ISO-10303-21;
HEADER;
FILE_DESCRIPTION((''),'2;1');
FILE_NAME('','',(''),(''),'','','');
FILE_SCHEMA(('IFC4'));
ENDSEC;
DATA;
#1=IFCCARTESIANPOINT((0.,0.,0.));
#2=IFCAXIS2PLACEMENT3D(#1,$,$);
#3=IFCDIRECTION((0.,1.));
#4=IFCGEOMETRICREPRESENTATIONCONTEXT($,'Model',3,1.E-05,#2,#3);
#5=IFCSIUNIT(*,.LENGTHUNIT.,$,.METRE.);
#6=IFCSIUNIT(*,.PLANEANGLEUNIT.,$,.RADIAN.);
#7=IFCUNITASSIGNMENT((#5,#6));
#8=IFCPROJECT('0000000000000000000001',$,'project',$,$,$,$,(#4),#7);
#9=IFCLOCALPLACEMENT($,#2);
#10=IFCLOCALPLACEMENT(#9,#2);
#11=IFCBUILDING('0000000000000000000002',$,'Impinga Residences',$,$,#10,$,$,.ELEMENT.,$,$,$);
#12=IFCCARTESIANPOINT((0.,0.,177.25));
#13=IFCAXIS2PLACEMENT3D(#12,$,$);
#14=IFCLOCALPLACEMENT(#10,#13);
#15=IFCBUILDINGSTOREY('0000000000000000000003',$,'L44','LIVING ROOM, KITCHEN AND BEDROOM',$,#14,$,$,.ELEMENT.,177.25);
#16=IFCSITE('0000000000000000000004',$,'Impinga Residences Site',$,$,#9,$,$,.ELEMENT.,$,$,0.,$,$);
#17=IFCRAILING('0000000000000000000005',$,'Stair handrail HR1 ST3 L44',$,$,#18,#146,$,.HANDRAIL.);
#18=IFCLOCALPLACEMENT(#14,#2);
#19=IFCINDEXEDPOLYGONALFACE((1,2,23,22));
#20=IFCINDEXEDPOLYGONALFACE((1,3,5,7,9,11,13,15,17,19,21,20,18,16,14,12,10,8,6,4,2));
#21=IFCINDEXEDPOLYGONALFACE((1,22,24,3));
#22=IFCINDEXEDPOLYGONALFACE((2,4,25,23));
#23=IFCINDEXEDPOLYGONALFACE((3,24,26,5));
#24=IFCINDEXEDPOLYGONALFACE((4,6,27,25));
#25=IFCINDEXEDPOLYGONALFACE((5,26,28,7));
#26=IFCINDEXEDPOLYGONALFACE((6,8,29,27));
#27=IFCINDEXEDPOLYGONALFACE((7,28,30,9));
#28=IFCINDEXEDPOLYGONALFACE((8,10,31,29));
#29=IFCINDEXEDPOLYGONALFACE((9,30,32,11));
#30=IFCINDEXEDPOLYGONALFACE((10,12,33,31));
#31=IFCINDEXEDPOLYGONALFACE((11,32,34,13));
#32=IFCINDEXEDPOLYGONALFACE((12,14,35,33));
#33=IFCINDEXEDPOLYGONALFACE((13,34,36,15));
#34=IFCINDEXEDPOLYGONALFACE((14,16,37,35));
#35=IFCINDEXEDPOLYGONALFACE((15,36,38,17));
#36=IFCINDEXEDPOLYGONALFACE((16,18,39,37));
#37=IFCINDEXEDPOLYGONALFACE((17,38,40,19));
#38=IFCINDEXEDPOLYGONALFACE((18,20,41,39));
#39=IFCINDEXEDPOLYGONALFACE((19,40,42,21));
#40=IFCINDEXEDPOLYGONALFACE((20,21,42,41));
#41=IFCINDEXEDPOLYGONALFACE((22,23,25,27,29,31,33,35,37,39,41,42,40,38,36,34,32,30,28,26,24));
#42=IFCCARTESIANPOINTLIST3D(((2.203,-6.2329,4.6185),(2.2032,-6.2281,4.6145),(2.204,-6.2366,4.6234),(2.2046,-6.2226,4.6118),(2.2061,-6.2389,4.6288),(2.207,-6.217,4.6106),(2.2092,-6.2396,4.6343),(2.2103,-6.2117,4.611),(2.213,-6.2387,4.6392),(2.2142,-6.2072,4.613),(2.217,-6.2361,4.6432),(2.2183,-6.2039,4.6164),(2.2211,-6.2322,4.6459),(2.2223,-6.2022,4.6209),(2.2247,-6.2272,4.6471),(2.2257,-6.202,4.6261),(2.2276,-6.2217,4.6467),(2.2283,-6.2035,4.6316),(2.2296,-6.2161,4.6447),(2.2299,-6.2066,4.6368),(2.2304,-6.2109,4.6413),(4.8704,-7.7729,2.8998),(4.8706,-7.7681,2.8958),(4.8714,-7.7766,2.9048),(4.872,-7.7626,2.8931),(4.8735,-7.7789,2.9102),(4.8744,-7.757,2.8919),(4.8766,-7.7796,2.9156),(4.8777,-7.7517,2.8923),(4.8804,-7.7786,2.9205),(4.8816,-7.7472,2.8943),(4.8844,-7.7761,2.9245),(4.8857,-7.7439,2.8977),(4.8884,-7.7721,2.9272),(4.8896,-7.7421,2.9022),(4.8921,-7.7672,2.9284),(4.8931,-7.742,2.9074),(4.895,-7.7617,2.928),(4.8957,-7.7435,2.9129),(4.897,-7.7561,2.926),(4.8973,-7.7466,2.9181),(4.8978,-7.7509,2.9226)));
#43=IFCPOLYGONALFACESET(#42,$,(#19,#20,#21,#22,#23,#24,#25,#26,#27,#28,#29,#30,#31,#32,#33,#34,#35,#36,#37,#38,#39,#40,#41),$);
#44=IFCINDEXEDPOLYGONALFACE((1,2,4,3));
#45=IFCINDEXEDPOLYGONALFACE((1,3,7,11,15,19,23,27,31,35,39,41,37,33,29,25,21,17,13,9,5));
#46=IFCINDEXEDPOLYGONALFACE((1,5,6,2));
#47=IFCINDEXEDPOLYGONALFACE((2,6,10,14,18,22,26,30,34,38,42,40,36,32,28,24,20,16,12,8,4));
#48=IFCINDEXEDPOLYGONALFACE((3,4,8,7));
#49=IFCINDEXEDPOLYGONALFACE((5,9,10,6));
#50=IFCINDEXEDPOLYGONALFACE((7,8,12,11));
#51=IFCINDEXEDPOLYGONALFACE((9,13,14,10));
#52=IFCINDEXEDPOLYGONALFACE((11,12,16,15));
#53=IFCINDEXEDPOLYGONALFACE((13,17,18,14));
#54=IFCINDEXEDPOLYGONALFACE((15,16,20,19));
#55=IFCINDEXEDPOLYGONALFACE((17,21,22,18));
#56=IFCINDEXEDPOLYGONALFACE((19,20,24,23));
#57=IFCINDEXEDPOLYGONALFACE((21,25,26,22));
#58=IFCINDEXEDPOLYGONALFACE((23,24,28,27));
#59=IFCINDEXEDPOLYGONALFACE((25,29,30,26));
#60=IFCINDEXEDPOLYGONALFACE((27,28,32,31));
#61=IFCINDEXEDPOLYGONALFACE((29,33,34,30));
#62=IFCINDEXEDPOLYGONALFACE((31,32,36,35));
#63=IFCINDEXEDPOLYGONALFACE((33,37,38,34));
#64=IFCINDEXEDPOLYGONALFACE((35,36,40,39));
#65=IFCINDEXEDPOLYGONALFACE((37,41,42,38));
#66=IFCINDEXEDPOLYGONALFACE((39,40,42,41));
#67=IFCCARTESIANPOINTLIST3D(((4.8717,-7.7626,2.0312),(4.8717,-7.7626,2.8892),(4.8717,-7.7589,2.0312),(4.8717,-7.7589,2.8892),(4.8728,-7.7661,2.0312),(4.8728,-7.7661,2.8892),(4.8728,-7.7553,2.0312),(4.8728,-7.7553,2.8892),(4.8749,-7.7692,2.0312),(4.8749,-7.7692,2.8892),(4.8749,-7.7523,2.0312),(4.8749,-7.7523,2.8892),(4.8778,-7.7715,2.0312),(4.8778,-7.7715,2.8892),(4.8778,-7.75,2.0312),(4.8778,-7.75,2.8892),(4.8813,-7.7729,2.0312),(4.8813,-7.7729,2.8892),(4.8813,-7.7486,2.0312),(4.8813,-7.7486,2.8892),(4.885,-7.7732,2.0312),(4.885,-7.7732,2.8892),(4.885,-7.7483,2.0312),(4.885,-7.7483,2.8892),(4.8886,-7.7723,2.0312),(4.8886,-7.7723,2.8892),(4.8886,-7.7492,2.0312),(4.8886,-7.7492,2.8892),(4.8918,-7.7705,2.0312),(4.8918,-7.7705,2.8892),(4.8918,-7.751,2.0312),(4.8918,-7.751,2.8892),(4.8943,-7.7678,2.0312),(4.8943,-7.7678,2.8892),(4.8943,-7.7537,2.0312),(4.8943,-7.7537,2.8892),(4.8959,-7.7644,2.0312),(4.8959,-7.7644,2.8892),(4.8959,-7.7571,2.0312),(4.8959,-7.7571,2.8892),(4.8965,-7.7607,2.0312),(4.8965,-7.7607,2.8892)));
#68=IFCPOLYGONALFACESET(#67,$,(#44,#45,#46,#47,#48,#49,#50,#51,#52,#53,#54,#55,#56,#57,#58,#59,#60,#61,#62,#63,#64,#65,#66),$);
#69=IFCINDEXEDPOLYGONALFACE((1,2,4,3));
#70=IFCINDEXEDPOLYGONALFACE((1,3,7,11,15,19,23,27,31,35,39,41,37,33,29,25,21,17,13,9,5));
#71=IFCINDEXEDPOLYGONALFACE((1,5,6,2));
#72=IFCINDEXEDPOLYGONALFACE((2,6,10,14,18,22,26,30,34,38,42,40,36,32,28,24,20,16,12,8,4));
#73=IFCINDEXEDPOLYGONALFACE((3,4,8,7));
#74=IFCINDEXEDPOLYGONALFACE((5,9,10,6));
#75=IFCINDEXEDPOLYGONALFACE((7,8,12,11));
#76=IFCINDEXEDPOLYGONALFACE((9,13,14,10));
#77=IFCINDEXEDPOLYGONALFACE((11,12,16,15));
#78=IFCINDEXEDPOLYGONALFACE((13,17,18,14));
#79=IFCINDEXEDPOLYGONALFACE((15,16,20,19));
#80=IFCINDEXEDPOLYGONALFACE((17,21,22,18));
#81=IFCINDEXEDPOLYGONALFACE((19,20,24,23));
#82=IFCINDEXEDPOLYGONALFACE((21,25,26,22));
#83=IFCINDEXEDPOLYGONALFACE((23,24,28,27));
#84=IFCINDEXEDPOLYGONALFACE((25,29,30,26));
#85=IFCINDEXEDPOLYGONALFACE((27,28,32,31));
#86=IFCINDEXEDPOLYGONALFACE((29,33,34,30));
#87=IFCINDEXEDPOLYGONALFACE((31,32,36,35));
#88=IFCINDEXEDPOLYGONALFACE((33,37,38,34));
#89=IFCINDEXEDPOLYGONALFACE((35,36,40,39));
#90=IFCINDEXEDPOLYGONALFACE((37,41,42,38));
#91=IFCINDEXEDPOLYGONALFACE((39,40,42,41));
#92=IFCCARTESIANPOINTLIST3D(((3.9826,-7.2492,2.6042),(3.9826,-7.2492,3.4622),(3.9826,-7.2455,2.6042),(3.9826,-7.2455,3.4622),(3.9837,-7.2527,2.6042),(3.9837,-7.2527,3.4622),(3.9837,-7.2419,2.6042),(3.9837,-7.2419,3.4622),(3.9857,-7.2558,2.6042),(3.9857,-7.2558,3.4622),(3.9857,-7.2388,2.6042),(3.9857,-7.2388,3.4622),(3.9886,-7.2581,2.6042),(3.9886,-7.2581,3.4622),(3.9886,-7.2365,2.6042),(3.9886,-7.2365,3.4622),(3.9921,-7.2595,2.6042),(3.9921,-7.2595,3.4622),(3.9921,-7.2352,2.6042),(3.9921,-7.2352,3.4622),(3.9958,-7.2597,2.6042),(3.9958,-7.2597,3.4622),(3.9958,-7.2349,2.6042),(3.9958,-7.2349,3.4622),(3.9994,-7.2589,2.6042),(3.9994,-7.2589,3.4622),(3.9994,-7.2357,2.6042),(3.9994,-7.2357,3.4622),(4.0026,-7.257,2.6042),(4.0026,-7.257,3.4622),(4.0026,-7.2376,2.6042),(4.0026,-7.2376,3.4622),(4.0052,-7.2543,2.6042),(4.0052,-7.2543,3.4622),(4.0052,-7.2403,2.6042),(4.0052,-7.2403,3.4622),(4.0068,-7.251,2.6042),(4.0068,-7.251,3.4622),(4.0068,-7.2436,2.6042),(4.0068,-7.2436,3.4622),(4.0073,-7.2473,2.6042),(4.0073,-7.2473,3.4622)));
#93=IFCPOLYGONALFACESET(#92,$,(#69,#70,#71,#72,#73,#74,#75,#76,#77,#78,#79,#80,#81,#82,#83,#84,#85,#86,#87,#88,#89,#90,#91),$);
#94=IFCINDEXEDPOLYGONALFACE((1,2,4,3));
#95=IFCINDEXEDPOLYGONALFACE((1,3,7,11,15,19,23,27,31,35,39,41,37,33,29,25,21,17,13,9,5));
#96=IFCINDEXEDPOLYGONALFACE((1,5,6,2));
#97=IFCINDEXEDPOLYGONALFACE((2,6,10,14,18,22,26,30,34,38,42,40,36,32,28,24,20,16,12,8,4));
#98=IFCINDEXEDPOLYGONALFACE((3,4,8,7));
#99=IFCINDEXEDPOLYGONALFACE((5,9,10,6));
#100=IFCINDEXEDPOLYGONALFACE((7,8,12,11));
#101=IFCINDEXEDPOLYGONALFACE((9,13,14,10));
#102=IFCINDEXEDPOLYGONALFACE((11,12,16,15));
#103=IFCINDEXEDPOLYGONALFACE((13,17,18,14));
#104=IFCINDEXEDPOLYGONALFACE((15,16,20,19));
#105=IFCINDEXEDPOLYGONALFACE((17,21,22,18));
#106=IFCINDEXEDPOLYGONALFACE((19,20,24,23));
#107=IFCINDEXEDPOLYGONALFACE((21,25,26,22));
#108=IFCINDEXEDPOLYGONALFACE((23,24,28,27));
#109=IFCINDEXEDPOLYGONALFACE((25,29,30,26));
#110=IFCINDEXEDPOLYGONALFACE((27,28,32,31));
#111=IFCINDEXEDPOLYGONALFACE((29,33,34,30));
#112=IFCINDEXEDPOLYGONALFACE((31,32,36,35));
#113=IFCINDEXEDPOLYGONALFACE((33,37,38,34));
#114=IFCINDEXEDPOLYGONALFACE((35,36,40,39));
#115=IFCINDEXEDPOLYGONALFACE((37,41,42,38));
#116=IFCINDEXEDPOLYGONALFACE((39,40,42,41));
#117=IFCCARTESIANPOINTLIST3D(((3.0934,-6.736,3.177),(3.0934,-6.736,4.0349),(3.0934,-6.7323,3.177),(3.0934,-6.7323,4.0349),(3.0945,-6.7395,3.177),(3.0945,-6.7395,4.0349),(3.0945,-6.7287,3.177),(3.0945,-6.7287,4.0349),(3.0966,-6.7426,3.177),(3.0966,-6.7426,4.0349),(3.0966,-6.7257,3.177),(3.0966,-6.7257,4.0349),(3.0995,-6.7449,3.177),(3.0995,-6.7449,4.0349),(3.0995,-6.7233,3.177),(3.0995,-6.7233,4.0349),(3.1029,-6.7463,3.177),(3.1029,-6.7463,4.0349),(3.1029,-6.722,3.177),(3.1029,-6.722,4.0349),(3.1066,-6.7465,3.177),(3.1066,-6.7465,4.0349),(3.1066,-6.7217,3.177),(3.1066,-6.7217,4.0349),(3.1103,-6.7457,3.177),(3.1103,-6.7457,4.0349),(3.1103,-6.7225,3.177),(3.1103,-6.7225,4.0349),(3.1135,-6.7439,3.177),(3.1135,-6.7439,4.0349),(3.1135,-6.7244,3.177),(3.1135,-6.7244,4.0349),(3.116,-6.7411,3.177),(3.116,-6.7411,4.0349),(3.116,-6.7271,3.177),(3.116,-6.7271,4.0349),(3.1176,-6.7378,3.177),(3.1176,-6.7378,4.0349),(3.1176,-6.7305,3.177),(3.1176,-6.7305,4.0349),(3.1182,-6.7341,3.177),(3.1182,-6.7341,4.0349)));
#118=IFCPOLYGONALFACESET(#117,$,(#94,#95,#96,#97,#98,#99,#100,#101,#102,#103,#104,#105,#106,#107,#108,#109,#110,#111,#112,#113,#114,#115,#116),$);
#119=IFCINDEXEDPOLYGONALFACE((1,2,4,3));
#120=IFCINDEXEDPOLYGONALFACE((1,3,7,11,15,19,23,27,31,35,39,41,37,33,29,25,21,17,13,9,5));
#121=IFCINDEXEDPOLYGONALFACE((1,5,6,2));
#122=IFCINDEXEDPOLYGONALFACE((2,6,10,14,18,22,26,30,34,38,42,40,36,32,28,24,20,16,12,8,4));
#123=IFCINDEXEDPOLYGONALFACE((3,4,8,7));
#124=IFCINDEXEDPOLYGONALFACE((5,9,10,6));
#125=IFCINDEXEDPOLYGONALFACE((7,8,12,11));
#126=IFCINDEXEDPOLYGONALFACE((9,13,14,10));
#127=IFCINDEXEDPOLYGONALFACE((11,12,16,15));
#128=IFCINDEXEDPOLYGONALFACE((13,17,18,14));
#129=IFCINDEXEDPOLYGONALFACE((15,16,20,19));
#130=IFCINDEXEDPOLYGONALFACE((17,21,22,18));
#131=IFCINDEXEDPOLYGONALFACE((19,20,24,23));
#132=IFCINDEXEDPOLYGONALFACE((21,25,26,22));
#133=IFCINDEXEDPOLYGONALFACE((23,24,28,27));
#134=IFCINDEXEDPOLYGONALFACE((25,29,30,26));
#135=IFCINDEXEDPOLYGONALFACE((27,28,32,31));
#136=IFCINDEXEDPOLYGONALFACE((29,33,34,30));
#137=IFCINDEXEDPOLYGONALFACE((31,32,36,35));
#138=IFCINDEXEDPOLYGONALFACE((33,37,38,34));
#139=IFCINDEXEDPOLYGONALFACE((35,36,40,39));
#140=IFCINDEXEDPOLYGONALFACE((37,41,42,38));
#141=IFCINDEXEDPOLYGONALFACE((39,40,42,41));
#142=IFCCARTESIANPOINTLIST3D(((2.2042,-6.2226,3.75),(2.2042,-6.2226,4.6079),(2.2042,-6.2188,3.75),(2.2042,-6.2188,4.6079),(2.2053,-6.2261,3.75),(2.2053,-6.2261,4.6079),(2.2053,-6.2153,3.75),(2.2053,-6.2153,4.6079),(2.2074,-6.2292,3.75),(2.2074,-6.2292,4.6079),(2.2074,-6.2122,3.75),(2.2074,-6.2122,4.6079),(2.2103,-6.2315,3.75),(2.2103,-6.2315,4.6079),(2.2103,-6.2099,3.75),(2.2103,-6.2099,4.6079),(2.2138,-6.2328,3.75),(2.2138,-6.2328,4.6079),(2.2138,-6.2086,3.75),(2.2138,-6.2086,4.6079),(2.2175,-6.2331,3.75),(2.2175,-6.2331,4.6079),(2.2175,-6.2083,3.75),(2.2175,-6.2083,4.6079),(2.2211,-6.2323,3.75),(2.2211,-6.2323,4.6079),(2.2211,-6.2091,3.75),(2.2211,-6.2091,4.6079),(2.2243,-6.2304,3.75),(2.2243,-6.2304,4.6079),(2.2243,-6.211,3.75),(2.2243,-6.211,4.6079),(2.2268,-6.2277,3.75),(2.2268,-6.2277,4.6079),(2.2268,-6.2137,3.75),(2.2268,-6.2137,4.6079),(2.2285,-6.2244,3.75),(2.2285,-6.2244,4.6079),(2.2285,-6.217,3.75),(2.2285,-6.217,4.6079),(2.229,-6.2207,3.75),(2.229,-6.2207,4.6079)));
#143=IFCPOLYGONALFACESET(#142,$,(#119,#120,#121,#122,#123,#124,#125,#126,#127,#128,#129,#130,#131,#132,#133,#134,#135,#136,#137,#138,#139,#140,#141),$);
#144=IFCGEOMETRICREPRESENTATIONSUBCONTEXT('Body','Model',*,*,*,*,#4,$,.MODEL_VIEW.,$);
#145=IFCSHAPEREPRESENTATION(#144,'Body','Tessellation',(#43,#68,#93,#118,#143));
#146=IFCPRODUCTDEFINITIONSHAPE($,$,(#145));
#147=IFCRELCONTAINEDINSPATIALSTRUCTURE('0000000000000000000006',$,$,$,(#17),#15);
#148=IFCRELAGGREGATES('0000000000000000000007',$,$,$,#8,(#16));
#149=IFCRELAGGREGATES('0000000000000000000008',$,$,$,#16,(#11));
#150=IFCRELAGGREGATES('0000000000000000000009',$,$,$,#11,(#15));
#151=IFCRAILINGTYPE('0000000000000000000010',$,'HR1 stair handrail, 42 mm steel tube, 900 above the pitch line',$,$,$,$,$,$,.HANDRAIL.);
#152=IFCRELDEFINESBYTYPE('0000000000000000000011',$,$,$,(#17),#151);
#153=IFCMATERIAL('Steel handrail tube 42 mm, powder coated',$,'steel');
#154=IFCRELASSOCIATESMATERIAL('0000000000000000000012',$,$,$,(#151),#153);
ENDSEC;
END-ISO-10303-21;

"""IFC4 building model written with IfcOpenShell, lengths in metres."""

from ifc_helpers import new_model, si_unit, direction, frame, origin, origin_2d, place, context, subcontext, project, spatial, circle, extrude, material, type_object, element, save


model = new_model("IFC4")

# Units and contexts
model_context = context("Model", 3, precision=1e-05, world=origin(), true_north=direction((0.0, 1.0)))
body_context = subcontext(model_context, "Body", "Model", "MODEL_VIEW")
ifc_project = project(units=[si_unit("LENGTHUNIT", "METRE"), si_unit("PLANEANGLEUNIT", "RADIAN")], contexts=[model_context])

# Site, building, storey
site_placement = place(None, origin())
site = spatial("IfcSite", under=ifc_project, at=site_placement, Name="Impinga Residences Site", CompositionType="ELEMENT", RefElevation=0.0)
building_placement = place(site_placement, origin())
building = spatial("IfcBuilding", under=site, at=building_placement, Name="Impinga Residences", CompositionType="ELEMENT")
storey_placement = place(building_placement, frame((0.0, 0.0, 177.25)))
storey = spatial("IfcBuildingStorey", under=building, at=storey_placement, Name="L44", Description="LIVING ROOM, KITCHEN AND BEDROOM", CompositionType="ELEMENT", Elevation=177.25)

# Railing
ifc_material_1 = material(Name="Steel handrail tube 42 mm, powder coated", Category="steel")
railing_type_1 = type_object("IfcRailingType", Name="HR1 stair handrail, 42 mm steel tube, 900 above the pitch line", PredefinedType="HANDRAIL", material=ifc_material_1)
railing_1_placement = place(storey_placement, frame((4.884, -7.7607, 2.0312)))
element("IfcRailing", 1, at=railing_1_placement, inside=storey, type_object=railing_type_1, Name="Stair handrail HR1 ST3 L44", PredefinedType="HANDRAIL", context=body_context, shape_type="SweptSolid", body=[
    extrude(circle(Radius=0.021, at=origin_2d()), frame((0.0, 0.0, 0.8789), z_axis=(-0.756256, 0.436616, 0.487282), x_axis=(-0.499992, -0.86603, 0.0)), (0.0, 0.0, 1.0), 3.5271),
    extrude(circle(Radius=0.0125, at=origin_2d()), origin(), (0.0, 0.0, 1.0), 0.8579),
    extrude(circle(Radius=0.0125, at=origin_2d()), frame((-0.8892, 0.5134, 0.573)), (0.0, 0.0, 1.0), 0.8579),
    extrude(circle(Radius=0.0125, at=origin_2d()), frame((-1.7783, 1.0266, 1.1458)), (0.0, 0.0, 1.0), 0.8579),
    extrude(circle(Radius=0.0125, at=origin_2d()), frame((-2.6675, 1.54, 1.7188)), (0.0, 0.0, 1.0), 0.8579),
])

save(model, "model.ifc")
